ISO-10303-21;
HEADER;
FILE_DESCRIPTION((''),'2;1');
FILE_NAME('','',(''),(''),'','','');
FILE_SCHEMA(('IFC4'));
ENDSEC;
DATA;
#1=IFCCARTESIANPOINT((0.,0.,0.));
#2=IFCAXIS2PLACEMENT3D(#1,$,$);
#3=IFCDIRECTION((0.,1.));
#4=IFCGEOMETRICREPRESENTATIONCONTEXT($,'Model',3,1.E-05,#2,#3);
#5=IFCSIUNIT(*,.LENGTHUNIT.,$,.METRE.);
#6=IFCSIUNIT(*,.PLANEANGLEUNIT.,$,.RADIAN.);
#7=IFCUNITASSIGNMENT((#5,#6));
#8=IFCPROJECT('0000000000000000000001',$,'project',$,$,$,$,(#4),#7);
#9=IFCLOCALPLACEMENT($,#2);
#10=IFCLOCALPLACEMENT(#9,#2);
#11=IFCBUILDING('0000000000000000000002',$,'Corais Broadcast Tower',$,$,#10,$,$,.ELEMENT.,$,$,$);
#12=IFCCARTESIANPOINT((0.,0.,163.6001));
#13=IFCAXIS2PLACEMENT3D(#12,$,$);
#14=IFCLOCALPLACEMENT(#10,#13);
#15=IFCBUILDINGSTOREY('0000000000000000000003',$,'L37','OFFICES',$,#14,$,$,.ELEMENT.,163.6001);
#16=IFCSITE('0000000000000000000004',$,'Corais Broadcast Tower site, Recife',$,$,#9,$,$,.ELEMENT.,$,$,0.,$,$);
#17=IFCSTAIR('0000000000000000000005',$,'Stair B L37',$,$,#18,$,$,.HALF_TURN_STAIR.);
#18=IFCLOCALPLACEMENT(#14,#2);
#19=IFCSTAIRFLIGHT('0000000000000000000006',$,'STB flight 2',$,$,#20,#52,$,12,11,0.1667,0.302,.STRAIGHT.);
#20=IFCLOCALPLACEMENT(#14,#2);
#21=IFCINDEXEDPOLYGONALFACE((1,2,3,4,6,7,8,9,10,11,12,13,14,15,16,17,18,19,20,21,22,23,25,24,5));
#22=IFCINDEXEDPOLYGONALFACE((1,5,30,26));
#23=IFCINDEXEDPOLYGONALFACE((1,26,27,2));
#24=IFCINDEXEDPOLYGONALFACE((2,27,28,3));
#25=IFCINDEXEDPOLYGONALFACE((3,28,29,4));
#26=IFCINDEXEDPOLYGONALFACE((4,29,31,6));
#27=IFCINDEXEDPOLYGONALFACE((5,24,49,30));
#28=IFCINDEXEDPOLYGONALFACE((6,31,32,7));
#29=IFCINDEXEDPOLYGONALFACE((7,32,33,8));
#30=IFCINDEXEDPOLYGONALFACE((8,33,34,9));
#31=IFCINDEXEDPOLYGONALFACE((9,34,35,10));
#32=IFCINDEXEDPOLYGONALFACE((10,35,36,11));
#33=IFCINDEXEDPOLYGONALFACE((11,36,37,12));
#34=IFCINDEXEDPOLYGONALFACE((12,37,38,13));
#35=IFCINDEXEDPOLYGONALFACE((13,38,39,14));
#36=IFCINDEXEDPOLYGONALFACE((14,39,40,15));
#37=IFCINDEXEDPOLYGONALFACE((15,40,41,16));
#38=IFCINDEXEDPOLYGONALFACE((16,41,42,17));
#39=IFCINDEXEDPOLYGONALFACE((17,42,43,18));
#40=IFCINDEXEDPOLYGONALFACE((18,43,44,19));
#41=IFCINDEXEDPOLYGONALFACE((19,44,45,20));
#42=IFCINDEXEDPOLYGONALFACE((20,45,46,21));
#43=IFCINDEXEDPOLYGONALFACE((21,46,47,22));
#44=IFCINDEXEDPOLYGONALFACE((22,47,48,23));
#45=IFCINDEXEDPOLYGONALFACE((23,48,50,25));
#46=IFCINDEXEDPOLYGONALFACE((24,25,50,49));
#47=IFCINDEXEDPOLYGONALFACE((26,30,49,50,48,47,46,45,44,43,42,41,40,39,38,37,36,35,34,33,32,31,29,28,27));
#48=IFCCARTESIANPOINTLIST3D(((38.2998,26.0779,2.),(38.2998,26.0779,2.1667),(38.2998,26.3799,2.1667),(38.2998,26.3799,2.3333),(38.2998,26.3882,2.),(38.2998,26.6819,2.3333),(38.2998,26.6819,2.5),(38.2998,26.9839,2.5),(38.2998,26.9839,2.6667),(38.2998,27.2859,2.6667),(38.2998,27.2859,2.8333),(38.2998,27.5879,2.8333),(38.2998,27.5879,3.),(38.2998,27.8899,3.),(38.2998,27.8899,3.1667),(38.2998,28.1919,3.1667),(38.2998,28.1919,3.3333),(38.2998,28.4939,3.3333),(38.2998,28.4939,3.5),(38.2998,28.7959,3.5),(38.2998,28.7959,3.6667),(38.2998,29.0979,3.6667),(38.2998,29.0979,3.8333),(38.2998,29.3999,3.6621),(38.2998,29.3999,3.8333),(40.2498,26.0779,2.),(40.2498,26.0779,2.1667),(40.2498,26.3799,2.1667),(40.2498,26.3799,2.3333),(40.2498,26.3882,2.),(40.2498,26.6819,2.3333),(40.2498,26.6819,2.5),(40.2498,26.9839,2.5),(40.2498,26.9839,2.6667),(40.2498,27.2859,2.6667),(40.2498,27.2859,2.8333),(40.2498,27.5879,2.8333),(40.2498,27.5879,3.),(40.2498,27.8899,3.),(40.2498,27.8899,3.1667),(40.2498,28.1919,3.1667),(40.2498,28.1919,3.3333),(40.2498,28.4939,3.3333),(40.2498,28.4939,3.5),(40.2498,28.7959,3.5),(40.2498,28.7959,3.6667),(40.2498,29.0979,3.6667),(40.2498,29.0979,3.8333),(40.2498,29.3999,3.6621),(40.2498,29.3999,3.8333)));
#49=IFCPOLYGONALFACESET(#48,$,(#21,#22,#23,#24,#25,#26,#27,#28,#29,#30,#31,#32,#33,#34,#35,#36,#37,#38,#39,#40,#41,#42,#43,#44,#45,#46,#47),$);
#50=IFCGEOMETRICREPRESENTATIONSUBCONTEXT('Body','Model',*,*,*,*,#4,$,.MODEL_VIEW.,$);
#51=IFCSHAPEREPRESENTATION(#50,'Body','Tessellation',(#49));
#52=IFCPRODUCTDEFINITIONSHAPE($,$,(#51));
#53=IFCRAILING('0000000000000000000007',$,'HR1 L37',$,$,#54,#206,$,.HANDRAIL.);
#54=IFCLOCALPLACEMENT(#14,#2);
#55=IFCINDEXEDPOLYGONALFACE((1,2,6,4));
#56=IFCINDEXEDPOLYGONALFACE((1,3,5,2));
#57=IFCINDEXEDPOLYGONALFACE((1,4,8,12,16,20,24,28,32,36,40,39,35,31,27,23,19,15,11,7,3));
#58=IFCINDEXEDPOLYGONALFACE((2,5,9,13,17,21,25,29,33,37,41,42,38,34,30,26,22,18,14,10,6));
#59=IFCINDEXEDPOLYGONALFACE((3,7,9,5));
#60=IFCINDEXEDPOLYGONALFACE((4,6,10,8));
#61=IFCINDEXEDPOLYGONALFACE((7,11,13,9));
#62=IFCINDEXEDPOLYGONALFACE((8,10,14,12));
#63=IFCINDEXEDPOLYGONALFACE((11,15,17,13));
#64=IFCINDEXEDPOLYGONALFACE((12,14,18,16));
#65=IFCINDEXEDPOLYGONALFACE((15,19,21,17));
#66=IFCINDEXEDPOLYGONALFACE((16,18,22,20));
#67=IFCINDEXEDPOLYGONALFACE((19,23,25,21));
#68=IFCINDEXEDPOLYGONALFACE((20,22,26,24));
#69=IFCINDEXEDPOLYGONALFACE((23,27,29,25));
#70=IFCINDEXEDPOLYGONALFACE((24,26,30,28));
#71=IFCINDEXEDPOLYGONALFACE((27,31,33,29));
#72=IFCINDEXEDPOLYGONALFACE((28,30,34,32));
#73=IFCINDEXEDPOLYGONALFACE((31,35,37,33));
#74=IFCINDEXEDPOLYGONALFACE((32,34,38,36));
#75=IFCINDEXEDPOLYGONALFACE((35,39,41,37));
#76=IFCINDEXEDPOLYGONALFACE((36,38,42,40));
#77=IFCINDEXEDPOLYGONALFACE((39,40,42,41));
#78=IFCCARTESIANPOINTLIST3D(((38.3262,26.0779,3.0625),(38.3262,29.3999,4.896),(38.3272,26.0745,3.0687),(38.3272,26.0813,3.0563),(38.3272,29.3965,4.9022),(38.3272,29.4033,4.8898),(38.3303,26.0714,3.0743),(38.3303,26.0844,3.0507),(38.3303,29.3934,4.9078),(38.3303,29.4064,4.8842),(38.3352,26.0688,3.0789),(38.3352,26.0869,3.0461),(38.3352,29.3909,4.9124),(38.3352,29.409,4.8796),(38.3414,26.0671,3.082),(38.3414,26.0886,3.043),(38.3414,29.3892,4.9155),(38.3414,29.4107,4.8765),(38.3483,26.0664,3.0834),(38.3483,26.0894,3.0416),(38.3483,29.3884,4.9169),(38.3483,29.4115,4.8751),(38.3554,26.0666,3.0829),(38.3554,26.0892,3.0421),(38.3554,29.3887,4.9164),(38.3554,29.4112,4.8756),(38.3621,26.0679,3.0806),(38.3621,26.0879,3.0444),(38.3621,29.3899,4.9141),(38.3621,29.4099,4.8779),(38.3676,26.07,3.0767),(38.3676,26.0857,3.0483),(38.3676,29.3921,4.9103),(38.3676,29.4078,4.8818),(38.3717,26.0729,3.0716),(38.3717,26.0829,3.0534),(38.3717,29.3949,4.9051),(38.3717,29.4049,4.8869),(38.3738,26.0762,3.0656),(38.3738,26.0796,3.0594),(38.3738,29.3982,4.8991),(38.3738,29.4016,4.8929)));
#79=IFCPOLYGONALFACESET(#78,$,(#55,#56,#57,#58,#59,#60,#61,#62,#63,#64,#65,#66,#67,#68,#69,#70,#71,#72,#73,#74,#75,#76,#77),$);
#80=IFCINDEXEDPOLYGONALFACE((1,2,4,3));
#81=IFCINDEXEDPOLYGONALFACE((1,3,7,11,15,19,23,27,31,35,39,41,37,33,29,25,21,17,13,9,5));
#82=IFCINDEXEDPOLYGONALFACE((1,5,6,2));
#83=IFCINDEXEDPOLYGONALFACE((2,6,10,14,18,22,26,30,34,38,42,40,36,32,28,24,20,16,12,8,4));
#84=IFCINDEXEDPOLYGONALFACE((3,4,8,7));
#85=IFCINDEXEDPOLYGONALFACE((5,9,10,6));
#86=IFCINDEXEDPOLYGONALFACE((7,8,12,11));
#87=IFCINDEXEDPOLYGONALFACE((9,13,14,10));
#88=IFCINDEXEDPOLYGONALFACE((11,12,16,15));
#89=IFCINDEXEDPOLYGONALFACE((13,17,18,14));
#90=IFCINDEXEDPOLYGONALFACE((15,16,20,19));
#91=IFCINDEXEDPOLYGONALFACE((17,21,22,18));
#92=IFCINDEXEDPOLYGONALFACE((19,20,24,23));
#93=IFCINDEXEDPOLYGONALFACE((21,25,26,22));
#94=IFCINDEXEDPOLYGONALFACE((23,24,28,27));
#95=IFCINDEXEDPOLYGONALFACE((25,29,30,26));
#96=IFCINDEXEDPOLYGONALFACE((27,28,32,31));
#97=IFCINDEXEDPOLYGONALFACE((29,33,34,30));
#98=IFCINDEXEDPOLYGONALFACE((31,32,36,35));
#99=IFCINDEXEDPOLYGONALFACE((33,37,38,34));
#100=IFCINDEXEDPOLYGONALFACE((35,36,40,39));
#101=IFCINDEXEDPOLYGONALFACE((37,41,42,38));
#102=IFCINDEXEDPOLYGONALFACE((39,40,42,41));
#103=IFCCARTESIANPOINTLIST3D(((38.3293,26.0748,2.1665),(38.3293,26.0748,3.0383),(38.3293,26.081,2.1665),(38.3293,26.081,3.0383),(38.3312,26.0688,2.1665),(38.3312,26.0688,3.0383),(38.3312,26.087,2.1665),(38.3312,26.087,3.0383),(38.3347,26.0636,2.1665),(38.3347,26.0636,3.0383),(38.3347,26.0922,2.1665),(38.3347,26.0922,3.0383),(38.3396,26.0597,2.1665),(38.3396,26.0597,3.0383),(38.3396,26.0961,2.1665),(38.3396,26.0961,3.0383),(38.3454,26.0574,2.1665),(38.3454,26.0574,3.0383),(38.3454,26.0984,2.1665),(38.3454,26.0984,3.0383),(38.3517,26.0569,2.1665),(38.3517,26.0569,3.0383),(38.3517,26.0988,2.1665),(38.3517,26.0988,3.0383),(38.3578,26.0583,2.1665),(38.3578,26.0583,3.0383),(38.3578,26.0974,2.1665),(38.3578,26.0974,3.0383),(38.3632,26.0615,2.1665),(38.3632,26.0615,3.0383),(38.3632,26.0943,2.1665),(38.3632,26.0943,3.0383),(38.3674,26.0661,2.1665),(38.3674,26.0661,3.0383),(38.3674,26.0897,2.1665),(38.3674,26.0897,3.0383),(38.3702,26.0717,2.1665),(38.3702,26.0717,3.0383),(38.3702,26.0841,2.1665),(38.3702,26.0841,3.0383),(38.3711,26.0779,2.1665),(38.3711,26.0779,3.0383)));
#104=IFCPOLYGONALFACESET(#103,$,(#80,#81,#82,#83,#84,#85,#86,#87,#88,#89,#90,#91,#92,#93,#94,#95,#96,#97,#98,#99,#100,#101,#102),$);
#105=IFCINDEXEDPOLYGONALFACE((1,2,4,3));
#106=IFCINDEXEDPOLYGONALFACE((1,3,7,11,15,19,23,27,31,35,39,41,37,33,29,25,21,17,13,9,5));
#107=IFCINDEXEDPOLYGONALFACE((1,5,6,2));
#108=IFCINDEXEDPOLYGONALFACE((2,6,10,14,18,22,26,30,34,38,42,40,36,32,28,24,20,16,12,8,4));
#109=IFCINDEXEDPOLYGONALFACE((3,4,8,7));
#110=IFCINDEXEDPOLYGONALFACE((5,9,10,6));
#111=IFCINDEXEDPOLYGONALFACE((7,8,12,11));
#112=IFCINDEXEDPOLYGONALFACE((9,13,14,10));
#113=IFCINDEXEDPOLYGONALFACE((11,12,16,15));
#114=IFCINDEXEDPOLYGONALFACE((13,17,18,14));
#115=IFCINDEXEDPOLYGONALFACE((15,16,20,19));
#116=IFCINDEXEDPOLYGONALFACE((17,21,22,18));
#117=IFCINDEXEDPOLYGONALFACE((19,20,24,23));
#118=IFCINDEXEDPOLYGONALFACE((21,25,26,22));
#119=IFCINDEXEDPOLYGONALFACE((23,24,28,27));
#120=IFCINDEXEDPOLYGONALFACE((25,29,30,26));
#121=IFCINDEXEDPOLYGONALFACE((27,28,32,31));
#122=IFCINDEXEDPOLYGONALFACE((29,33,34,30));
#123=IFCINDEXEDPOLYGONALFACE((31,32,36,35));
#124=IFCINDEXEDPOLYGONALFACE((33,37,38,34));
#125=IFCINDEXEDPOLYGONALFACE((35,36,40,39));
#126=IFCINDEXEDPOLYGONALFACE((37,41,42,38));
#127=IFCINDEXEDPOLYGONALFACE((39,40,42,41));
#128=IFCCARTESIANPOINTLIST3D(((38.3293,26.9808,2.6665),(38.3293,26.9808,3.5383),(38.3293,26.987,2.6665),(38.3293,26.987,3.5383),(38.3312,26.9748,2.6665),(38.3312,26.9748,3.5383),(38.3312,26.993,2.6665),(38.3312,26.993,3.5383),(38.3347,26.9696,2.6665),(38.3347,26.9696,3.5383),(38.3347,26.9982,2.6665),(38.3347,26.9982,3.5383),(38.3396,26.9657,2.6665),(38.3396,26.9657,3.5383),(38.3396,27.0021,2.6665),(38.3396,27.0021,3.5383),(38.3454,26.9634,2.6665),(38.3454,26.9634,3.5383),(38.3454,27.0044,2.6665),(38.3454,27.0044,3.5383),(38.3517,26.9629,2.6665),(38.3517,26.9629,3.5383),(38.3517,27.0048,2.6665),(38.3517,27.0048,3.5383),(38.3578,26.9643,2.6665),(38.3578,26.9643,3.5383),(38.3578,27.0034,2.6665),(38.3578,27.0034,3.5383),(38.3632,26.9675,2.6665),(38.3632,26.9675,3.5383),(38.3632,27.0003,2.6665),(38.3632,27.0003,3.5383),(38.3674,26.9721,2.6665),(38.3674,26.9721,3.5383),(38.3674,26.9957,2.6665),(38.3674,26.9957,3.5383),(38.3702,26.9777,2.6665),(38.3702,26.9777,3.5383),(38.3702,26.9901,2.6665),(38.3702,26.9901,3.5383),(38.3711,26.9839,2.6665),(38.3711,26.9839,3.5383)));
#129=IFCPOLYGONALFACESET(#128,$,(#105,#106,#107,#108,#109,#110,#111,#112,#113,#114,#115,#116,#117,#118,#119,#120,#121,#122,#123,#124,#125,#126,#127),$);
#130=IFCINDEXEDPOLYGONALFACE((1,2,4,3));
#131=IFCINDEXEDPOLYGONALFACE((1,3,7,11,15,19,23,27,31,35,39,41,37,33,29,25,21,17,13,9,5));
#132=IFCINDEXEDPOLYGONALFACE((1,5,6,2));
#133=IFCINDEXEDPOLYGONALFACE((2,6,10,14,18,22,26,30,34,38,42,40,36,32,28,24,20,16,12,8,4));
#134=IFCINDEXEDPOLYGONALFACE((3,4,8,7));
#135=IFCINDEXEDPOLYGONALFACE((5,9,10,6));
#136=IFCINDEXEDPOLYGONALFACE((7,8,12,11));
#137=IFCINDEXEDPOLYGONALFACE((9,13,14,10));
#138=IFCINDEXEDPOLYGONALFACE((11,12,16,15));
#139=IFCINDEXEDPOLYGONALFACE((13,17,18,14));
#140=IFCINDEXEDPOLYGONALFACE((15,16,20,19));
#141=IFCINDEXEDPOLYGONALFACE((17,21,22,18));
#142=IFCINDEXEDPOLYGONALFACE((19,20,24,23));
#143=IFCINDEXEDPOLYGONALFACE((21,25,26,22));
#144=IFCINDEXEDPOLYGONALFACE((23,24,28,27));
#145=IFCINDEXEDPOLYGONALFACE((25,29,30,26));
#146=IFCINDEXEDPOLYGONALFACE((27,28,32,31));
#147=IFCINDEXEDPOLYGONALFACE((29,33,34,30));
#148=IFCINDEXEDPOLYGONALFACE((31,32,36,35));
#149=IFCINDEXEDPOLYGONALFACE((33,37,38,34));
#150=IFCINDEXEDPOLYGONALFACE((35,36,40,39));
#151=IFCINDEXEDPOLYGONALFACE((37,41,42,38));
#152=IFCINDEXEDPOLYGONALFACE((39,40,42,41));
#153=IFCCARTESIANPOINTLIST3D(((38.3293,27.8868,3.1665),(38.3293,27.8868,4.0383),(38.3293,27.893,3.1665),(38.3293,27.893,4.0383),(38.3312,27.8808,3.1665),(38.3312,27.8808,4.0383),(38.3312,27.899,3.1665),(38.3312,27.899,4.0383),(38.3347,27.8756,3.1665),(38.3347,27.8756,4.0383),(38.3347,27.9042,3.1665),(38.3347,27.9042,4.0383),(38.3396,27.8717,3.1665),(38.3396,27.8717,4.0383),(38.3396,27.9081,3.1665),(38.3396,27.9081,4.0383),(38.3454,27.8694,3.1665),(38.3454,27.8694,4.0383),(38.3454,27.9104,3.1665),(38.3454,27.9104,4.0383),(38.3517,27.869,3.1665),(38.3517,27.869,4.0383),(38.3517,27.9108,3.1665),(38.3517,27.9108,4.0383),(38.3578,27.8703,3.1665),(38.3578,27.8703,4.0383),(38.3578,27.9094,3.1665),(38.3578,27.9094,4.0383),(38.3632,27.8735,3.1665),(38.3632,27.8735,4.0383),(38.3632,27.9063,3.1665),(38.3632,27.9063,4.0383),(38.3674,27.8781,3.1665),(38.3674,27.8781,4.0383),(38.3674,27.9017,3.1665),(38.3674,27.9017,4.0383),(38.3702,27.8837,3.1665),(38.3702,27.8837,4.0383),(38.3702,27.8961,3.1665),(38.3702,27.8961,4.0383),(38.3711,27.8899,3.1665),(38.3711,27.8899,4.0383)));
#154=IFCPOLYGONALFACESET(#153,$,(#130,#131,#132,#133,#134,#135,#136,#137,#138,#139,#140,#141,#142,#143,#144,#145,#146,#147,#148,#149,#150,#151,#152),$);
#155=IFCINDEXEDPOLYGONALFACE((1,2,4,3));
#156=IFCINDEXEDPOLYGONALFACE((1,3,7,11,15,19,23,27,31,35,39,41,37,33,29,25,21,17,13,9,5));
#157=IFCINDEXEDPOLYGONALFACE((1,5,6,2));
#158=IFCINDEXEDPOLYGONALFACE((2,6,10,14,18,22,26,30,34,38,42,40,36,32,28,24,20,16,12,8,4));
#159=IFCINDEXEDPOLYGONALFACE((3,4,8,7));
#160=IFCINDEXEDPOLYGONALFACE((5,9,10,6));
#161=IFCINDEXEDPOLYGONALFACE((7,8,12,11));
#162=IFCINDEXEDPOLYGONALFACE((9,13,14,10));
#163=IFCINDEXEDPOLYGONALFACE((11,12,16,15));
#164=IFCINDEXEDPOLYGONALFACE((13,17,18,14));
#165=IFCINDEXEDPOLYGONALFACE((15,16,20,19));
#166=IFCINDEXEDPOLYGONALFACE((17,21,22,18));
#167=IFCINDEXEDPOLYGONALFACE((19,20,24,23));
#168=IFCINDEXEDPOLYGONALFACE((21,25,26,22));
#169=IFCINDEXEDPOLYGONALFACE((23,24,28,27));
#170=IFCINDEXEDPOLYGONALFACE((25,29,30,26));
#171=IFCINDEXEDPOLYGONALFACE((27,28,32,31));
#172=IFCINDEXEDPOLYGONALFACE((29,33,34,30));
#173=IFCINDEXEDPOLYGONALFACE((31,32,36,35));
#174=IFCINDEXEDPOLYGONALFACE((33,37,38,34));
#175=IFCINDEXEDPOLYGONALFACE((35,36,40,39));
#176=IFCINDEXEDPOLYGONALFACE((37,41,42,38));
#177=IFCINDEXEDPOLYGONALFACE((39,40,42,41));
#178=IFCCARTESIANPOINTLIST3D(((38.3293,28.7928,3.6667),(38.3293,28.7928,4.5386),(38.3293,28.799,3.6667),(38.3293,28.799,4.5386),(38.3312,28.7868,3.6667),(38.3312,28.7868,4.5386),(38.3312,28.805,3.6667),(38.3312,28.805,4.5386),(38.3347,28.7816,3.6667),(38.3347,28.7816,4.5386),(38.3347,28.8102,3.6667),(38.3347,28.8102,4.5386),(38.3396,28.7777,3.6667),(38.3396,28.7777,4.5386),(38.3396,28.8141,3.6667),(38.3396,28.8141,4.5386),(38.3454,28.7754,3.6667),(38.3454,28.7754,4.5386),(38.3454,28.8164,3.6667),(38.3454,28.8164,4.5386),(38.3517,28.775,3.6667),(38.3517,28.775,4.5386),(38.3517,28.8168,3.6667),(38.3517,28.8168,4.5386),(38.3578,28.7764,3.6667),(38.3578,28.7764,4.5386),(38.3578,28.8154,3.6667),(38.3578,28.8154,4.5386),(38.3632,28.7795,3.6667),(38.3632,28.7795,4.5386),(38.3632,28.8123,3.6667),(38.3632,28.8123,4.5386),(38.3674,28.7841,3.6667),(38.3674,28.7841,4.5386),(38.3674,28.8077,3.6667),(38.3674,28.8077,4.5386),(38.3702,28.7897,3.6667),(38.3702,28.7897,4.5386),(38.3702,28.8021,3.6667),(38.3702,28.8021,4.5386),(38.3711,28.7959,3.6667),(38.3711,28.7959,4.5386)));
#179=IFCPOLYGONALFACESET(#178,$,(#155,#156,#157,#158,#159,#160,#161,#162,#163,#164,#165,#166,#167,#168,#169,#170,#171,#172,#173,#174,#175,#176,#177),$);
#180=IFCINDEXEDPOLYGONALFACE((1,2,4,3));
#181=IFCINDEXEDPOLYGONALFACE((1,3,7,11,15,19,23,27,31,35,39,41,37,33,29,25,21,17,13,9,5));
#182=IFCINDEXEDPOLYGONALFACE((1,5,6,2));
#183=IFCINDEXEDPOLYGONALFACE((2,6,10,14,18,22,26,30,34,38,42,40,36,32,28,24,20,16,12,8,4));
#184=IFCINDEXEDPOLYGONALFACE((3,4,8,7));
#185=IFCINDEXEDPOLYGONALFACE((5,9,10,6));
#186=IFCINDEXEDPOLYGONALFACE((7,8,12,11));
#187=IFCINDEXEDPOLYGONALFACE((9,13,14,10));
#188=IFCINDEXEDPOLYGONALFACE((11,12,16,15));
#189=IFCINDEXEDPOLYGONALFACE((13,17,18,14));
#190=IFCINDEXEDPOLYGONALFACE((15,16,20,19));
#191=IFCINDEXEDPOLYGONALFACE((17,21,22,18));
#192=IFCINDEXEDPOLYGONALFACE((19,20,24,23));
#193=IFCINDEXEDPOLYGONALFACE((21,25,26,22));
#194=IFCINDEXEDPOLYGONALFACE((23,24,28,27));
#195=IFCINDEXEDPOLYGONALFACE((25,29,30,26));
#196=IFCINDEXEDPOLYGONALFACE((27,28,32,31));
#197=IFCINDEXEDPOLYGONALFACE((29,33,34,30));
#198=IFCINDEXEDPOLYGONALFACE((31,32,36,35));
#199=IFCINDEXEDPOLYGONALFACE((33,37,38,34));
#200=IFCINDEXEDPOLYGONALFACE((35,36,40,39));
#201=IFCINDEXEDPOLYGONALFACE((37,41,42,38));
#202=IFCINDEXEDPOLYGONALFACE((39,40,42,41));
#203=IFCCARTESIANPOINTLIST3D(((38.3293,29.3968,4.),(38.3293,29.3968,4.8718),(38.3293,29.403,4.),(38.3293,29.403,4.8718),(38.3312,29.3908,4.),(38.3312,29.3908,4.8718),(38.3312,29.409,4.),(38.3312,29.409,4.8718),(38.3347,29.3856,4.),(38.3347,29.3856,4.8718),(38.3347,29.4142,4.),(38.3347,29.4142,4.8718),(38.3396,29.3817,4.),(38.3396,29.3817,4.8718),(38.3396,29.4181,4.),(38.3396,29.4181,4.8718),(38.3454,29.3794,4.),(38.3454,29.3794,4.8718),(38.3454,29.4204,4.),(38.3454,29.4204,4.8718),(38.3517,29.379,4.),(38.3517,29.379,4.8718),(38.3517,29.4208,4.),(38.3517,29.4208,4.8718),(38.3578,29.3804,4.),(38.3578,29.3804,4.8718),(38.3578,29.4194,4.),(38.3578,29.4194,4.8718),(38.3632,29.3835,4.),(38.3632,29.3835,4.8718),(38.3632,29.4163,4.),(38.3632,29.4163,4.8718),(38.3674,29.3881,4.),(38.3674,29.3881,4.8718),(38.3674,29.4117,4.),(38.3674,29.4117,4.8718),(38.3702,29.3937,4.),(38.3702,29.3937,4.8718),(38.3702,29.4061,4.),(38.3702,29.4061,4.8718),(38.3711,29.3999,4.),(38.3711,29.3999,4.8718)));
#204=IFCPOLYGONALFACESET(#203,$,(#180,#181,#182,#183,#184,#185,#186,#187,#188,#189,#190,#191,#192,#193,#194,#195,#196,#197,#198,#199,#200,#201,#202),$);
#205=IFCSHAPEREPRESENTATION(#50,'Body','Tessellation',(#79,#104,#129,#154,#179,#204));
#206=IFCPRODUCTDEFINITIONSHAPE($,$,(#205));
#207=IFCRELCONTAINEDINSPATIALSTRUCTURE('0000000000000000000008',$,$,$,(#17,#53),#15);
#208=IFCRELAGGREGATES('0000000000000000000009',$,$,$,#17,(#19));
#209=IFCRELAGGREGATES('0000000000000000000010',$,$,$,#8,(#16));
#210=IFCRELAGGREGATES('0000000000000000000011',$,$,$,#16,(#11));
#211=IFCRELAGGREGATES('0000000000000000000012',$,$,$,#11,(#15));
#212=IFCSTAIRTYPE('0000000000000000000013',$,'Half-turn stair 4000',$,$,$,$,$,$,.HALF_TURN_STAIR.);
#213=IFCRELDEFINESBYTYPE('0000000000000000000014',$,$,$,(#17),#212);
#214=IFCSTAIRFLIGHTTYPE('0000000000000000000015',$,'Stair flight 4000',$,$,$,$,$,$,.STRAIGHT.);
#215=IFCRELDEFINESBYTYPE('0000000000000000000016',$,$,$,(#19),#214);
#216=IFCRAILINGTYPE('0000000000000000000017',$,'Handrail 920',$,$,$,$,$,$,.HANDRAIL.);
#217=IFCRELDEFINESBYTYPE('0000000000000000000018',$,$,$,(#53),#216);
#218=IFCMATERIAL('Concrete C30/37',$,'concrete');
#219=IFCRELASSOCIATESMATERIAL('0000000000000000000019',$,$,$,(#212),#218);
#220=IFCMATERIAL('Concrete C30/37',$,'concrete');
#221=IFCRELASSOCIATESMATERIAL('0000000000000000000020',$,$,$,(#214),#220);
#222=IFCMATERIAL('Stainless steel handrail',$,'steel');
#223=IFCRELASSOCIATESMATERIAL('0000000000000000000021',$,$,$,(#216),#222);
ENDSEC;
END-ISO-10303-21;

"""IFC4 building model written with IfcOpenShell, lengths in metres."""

from ifc_helpers import new_model, si_unit, direction, frame, origin, origin_2d, place, context, subcontext, project, spatial, polyline, circle, outline, extrude, material, type_object, element, aggregate, save


model = new_model("IFC4")

# Units and contexts
model_context = context("Model", 3, precision=1e-05, world=origin(), true_north=direction((0.0, 1.0)))
body_context = subcontext(model_context, "Body", "Model", "MODEL_VIEW")
ifc_project = project(units=[si_unit("LENGTHUNIT", "METRE"), si_unit("PLANEANGLEUNIT", "RADIAN")], contexts=[model_context])

# Site, building, storey
site_placement = place(None, origin())
site = spatial("IfcSite", under=ifc_project, at=site_placement, Name="Corais Broadcast Tower site, Recife", CompositionType="ELEMENT", RefElevation=0.0)
building_placement = place(site_placement, origin())
building = spatial("IfcBuilding", under=site, at=building_placement, Name="Corais Broadcast Tower", CompositionType="ELEMENT")
storey_placement = place(building_placement, frame((0.0, 0.0, 163.6001)))
storey = spatial("IfcBuildingStorey", under=building, at=storey_placement, Name="L37", Description="OFFICES", CompositionType="ELEMENT", Elevation=163.6001)

# Stair, stair flight
ifc_material_1 = material(Name="Concrete C30/37", Category="concrete")
stair_type = type_object("IfcStairType", Name="Half-turn stair 4000", PredefinedType="HALF_TURN_STAIR", material=ifc_material_1)
stair_placement = place(storey_placement, origin())
stair = element("IfcStair", 1, at=stair_placement, inside=storey, type_object=stair_type, Name="Stair B L37", PredefinedType="HALF_TURN_STAIR")
ifc_material_2 = material(Name="Concrete C30/37", Category="concrete")
stair_flight_type = type_object("IfcStairFlightType", Name="Stair flight 4000", PredefinedType="STRAIGHT", material=ifc_material_2)
stair_flight_placement = place(storey_placement, frame((39.2749, 26.0779, 2.0), z_axis=(0.0, 0.0, 1.0), x_axis=(0.0, 1.0, 0.0)))
stair_flight = element("IfcStairFlight", 2, at=stair_flight_placement, type_object=stair_flight_type, Name="STB flight 2", NumberOfRisers=12, NumberOfTreads=11, PredefinedType="STRAIGHT", RiserHeight=0.1667, TreadLength=0.302, context=body_context, shape_type="SweptSolid", body=[
    extrude(outline(polyline([(0.0, 0.0), (0.0, 0.1667), (0.302, 0.1667), (0.302, 0.3333), (0.604, 0.3333), (0.604, 0.5), (0.906, 0.5), (0.906, 0.6667), (1.208, 0.6667), (1.208, 0.8333), (1.51, 0.8333), (1.51, 1.0), (1.812, 1.0), (1.812, 1.1667), (2.114, 1.1667), (2.114, 1.3333), (2.416, 1.3333), (2.416, 1.5), (2.718, 1.5), (2.718, 1.6667), (3.02, 1.6667), (3.02, 1.8333), (3.322, 1.8333), (3.322, 2.0), (3.322, 1.6621), (0.3103, 0.0), (0.0, 0.0)])), frame((0.0, 0.9751, 0.0), z_axis=(0.0, -1.0, 0.0), x_axis=(1.0, 0.0, 0.0)), (0.0, 0.0, 1.0), 1.95),
])
aggregate(stair, [stair_flight])

# Railing
ifc_material_3 = material(Name="Stainless steel handrail", Category="steel")
railing_type = type_object("IfcRailingType", Name="Handrail 920", PredefinedType="HANDRAIL", material=ifc_material_3)
railing_placement = place(storey_placement, frame((38.3501, 26.0779, 2.1665)))
element("IfcRailing", 3, at=railing_placement, inside=storey, type_object=railing_type, Name="HR1 L37", PredefinedType="HANDRAIL", context=body_context, shape_type="SweptSolid", body=[
    extrude(circle(Radius=0.0239, at=origin_2d()), frame((0.0, 0.0, 0.896), z_axis=(0.0, 0.875504, 0.48321), x_axis=(-1.0, 0.0, 0.0)), (0.0, 0.0, 1.0), 3.7944),
    extrude(circle(Radius=0.021, at=origin_2d()), origin(), (0.0, 0.0, 1.0), 0.8718),
    extrude(circle(Radius=0.021, at=origin_2d()), frame((0.0, 0.906, 0.5)), (0.0, 0.0, 1.0), 0.8718),
    extrude(circle(Radius=0.021, at=origin_2d()), frame((0.0, 1.812, 1.0)), (0.0, 0.0, 1.0), 0.8718),
    extrude(circle(Radius=0.021, at=origin_2d()), frame((0.0, 2.718, 1.5002)), (0.0, 0.0, 1.0), 0.8718),
    extrude(circle(Radius=0.021, at=origin_2d()), frame((0.0, 3.322, 1.8335)), (0.0, 0.0, 1.0), 0.8718),
])

save(model, "model.ifc")
